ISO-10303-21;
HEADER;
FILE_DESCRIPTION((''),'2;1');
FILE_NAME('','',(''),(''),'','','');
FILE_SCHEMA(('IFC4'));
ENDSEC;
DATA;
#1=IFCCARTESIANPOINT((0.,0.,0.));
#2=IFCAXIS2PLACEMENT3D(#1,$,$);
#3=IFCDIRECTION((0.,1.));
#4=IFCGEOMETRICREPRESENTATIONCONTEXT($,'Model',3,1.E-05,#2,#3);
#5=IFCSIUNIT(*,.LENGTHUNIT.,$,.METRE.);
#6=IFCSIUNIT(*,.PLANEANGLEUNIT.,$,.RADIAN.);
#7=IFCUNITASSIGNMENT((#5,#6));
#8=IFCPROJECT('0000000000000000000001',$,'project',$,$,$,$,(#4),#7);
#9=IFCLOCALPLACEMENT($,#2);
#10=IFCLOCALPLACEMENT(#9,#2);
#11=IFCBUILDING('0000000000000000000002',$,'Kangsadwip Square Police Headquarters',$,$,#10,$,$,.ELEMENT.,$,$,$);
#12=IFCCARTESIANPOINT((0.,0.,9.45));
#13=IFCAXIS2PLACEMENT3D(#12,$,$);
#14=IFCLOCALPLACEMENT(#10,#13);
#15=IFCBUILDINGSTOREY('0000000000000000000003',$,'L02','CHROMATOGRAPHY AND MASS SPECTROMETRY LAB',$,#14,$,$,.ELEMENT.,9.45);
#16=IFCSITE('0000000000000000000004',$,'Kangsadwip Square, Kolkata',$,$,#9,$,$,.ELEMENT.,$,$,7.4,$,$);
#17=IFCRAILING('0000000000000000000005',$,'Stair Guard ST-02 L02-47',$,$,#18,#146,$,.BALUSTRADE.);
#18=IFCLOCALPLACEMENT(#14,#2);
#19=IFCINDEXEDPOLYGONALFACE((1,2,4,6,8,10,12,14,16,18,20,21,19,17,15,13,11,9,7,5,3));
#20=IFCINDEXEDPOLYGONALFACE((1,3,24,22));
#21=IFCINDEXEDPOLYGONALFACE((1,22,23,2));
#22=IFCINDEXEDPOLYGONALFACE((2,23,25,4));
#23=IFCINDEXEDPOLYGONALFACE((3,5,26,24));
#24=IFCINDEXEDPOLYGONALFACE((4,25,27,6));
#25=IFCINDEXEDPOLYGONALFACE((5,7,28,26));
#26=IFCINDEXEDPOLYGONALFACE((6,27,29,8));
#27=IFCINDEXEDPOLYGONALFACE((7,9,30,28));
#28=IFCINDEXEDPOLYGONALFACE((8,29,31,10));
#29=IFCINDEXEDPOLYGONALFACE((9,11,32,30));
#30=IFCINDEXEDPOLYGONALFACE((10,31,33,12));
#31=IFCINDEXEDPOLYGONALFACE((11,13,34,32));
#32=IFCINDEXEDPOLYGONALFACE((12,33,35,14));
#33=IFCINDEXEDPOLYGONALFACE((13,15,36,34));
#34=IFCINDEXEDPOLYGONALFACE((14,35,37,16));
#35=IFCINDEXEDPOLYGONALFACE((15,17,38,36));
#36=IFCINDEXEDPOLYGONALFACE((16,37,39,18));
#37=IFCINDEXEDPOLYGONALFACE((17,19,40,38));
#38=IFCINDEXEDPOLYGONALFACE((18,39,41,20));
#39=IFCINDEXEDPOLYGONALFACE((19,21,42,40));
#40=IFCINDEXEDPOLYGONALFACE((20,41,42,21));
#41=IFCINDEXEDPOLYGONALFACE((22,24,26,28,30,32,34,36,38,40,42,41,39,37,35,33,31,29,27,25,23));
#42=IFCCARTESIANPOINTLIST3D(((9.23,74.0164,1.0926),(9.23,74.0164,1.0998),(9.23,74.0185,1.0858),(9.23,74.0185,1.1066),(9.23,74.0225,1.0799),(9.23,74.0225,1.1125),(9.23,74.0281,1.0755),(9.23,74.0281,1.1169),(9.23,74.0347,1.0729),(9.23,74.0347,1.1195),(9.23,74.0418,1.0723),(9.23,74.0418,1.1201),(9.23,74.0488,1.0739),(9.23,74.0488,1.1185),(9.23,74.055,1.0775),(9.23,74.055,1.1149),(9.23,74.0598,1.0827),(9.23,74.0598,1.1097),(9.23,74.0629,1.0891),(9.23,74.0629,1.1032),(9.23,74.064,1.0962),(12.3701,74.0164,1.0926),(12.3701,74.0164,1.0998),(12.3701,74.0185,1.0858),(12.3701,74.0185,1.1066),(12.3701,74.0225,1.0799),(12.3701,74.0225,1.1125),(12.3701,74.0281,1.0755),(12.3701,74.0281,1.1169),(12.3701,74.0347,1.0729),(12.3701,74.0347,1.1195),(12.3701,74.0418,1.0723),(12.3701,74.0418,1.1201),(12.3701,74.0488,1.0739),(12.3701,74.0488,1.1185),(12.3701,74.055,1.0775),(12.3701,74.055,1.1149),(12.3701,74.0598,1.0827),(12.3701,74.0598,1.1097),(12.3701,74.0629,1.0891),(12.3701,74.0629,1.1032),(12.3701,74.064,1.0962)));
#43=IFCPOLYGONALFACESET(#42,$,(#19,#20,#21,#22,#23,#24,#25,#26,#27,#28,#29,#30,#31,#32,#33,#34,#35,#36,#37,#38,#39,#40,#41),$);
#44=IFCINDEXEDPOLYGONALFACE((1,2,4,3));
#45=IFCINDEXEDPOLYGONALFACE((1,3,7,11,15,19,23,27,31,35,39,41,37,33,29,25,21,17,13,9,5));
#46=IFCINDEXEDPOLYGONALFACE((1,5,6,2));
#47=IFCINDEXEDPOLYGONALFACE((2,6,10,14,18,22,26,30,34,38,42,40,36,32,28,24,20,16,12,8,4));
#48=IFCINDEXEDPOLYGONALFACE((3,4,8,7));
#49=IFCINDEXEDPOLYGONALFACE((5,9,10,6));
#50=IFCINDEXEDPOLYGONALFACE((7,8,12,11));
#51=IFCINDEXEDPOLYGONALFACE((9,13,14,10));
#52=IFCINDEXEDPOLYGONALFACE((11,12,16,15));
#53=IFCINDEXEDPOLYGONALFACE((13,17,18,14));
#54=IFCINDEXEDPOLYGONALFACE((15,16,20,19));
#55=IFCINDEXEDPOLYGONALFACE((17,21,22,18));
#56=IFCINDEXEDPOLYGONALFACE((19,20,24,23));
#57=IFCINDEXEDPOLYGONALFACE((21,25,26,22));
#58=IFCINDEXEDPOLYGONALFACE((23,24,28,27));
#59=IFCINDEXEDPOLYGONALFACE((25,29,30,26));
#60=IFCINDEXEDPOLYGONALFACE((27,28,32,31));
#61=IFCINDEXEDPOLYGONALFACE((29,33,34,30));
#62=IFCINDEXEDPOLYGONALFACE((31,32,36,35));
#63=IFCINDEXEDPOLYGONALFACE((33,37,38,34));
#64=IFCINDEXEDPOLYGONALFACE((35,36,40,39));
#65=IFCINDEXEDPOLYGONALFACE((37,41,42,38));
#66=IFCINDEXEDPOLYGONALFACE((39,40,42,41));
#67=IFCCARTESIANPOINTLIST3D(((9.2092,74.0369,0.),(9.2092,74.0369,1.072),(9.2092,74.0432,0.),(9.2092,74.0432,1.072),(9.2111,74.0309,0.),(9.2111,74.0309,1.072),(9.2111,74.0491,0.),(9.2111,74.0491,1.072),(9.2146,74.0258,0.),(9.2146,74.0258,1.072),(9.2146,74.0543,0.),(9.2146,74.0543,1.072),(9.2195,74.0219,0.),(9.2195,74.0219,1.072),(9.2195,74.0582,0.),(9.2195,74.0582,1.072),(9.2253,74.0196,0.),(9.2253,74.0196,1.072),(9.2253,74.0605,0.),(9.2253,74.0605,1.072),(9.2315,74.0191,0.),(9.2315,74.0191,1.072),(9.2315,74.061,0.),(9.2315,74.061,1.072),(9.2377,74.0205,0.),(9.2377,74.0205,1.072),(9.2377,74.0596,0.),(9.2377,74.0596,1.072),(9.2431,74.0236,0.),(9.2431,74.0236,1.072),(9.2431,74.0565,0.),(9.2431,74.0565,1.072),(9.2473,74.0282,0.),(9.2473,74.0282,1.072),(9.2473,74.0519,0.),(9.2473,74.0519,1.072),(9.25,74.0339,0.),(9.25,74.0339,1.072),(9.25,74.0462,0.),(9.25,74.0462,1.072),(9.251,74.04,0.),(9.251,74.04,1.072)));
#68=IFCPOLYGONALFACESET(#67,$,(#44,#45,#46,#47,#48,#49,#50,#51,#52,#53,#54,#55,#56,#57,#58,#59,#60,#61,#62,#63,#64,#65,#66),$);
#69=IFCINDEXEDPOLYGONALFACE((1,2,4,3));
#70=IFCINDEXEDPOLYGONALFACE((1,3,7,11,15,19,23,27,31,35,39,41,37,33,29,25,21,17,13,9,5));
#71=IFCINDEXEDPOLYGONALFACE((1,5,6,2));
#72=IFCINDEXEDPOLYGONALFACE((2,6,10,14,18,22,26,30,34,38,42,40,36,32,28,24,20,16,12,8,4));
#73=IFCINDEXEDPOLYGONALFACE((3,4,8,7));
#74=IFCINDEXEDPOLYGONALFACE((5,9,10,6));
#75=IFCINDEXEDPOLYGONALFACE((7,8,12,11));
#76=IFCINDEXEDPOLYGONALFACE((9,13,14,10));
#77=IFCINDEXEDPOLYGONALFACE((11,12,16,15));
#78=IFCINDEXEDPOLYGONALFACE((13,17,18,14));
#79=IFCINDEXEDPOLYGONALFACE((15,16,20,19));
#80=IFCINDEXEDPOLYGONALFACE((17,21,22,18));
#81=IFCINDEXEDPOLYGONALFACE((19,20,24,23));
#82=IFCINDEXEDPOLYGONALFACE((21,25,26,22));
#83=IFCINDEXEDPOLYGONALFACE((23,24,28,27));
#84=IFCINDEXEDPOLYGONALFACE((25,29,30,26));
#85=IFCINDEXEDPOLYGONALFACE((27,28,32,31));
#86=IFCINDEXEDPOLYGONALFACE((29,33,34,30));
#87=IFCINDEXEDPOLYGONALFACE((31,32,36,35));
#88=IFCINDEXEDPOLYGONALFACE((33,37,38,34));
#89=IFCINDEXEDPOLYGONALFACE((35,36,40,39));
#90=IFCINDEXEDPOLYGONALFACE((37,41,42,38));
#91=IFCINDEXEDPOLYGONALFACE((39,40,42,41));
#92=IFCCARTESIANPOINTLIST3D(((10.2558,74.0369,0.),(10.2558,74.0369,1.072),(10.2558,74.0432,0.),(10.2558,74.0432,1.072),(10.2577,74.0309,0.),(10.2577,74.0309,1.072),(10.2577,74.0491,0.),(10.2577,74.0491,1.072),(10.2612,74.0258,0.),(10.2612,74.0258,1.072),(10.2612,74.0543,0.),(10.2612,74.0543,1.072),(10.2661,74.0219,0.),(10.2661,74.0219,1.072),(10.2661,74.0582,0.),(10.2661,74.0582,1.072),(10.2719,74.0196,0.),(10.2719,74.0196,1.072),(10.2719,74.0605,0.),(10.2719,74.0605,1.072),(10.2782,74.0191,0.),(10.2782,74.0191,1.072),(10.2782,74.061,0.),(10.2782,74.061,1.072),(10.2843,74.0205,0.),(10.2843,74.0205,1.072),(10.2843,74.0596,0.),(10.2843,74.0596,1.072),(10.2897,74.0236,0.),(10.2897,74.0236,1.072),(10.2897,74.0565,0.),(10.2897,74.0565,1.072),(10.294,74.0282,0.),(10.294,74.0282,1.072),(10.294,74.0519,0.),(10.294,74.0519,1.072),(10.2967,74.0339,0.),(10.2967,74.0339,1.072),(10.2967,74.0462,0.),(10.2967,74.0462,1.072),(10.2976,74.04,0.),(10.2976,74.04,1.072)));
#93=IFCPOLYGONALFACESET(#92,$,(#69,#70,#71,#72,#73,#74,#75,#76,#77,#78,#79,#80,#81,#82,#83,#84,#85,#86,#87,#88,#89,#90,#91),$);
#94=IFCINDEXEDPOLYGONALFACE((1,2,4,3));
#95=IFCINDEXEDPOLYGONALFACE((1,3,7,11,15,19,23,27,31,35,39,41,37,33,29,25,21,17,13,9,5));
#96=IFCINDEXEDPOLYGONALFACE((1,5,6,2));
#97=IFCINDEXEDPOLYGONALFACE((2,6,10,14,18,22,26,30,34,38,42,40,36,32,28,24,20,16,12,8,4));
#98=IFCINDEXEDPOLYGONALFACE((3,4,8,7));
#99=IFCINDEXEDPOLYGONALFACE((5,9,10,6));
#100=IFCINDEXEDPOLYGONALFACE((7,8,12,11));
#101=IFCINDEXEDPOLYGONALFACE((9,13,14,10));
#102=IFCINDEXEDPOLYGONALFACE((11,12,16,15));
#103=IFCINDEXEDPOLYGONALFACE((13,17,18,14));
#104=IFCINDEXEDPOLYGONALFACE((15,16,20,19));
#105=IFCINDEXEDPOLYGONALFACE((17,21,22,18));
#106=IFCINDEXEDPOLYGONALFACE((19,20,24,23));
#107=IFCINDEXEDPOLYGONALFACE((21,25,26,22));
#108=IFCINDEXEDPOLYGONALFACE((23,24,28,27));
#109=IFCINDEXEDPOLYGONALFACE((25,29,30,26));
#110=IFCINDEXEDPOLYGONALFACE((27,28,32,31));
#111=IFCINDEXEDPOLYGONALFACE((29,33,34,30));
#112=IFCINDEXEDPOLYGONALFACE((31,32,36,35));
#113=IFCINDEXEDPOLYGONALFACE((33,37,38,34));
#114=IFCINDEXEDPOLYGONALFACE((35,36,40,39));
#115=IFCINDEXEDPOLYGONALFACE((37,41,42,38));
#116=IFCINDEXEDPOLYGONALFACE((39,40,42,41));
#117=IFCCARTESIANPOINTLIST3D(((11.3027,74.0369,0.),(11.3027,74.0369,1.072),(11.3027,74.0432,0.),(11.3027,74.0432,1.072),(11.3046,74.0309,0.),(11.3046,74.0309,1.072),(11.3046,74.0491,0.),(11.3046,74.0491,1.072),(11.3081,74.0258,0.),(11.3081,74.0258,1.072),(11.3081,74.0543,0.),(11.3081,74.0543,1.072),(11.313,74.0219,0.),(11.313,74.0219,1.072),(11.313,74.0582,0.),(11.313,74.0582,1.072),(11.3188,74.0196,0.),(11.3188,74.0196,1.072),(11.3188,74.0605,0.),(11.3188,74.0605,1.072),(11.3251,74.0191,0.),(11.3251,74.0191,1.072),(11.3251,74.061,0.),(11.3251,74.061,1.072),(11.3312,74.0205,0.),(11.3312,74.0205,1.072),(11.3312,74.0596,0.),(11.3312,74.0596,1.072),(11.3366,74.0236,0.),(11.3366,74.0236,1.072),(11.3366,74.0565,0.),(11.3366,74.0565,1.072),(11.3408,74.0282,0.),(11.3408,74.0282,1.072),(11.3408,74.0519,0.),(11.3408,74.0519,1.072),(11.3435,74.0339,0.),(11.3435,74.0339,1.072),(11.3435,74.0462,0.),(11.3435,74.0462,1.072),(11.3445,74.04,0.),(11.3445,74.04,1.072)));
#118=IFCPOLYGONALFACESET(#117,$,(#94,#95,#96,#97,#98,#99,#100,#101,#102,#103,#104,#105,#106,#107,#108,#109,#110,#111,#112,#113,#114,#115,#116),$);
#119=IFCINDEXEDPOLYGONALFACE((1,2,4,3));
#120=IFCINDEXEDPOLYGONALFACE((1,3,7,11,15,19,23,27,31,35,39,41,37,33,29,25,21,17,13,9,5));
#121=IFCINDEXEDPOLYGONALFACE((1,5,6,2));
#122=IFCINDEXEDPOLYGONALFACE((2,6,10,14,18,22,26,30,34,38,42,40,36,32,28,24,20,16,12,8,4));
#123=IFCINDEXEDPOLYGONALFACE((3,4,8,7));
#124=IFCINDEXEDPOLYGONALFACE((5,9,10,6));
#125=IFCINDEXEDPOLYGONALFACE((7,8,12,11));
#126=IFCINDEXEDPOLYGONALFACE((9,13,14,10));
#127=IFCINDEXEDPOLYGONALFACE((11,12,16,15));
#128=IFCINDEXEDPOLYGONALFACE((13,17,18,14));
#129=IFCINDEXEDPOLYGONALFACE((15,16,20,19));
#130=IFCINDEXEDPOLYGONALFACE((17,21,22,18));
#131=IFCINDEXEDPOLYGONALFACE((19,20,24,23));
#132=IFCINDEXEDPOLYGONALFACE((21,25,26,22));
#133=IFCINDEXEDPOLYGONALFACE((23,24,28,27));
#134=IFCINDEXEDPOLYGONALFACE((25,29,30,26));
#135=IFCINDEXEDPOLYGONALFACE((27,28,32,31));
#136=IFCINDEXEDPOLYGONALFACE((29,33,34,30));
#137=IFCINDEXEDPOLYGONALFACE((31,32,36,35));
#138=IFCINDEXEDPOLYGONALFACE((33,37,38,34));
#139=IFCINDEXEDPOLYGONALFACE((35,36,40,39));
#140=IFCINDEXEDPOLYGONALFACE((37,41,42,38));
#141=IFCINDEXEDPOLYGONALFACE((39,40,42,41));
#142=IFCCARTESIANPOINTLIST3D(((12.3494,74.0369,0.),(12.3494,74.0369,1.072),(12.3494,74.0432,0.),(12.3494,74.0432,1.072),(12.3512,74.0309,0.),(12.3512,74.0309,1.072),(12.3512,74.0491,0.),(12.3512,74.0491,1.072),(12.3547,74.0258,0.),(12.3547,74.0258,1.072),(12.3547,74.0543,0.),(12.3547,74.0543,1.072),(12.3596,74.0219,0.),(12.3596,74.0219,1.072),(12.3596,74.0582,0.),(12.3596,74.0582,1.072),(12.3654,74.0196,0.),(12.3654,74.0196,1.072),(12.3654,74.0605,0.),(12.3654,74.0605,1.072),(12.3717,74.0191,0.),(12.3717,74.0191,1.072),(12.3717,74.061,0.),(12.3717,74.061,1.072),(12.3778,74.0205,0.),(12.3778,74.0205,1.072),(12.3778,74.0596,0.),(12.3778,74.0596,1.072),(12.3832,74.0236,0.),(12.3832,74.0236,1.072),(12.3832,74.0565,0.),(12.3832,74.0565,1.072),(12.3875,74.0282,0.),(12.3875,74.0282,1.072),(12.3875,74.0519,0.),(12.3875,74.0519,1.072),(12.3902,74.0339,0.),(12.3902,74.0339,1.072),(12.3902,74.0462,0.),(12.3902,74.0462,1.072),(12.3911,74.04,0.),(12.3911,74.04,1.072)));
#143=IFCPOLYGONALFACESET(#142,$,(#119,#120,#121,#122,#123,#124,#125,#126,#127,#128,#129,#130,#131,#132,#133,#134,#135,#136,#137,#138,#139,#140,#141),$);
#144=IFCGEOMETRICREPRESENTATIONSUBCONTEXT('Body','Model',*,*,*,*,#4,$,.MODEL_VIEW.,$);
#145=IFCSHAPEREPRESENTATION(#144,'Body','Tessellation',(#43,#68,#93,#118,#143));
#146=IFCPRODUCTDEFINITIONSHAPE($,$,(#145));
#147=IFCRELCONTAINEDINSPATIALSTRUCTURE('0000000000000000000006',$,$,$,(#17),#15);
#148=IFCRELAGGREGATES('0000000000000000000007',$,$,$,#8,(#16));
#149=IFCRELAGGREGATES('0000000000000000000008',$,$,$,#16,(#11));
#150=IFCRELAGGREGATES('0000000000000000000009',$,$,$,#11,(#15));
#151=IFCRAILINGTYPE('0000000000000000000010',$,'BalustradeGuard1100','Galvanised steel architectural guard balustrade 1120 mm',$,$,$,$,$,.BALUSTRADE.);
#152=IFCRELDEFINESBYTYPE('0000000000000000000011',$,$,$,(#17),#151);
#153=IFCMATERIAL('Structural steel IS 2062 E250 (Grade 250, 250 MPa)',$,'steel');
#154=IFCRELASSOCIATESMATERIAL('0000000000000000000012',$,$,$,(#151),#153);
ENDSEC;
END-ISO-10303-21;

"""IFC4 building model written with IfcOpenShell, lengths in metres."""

from ifc_helpers import new_model, si_unit, direction, frame, origin, origin_2d, place, context, subcontext, project, spatial, circle, extrude, material, type_object, element, save


model = new_model("IFC4")

# Units and contexts
model_context = context("Model", 3, precision=1e-05, world=origin(), true_north=direction((0.0, 1.0)))
body_context = subcontext(model_context, "Body", "Model", "MODEL_VIEW")
ifc_project = project(units=[si_unit("LENGTHUNIT", "METRE"), si_unit("PLANEANGLEUNIT", "RADIAN")], contexts=[model_context])

# Site, building, storey
site_placement = place(None, origin())
site = spatial("IfcSite", under=ifc_project, at=site_placement, Name="Kangsadwip Square, Kolkata", CompositionType="ELEMENT", RefElevation=7.4)
building_placement = place(site_placement, origin())
building = spatial("IfcBuilding", under=site, at=building_placement, Name="Kangsadwip Square Police Headquarters", CompositionType="ELEMENT")
storey_placement = place(building_placement, frame((0.0, 0.0, 9.45)))
storey = spatial("IfcBuildingStorey", under=building, at=storey_placement, Name="L02", Description="CHROMATOGRAPHY AND MASS SPECTROMETRY LAB", CompositionType="ELEMENT", Elevation=9.45)

# Railing
ifc_material_1 = material(Name="Structural steel IS 2062 E250 (Grade 250, 250 MPa)", Category="steel")
railing_type_1 = type_object("IfcRailingType", Name="BalustradeGuard1100", Description="Galvanised steel architectural guard balustrade 1120 mm", PredefinedType="BALUSTRADE", material=ifc_material_1)
for number, where, name in (
    (1, (9.23, 74.04, 0.0), "Stair Guard ST-02 L02-47"),
):
    element("IfcRailing", number, at=place(storey_placement, frame(where)), inside=storey, type_object=railing_type_1, Name=name, PredefinedType="BALUSTRADE", context=body_context, shape_type="SweptSolid", body=[
        extrude(circle(Radius=0.0239, at=origin_2d()), frame((0.0, 0.0, 1.0962), z_axis=(1.0, 0.0, 0.0), x_axis=(0.0, 1.0, 0.0)), (0.0, 0.0, 1.0), 3.1401),
        extrude(circle(Radius=0.021, at=origin_2d()), origin(), (0.0, 0.0, 1.0), 1.072),
        extrude(circle(Radius=0.021, at=origin_2d()), frame((1.0466, 0.0, 0.0)), (0.0, 0.0, 1.0), 1.072),
        extrude(circle(Radius=0.021, at=origin_2d()), frame((2.0935, 0.0, 0.0)), (0.0, 0.0, 1.0), 1.072),
        extrude(circle(Radius=0.021, at=origin_2d()), frame((3.1401, 0.0, 0.0)), (0.0, 0.0, 1.0), 1.072),
    ])

save(model, "model.ifc")
